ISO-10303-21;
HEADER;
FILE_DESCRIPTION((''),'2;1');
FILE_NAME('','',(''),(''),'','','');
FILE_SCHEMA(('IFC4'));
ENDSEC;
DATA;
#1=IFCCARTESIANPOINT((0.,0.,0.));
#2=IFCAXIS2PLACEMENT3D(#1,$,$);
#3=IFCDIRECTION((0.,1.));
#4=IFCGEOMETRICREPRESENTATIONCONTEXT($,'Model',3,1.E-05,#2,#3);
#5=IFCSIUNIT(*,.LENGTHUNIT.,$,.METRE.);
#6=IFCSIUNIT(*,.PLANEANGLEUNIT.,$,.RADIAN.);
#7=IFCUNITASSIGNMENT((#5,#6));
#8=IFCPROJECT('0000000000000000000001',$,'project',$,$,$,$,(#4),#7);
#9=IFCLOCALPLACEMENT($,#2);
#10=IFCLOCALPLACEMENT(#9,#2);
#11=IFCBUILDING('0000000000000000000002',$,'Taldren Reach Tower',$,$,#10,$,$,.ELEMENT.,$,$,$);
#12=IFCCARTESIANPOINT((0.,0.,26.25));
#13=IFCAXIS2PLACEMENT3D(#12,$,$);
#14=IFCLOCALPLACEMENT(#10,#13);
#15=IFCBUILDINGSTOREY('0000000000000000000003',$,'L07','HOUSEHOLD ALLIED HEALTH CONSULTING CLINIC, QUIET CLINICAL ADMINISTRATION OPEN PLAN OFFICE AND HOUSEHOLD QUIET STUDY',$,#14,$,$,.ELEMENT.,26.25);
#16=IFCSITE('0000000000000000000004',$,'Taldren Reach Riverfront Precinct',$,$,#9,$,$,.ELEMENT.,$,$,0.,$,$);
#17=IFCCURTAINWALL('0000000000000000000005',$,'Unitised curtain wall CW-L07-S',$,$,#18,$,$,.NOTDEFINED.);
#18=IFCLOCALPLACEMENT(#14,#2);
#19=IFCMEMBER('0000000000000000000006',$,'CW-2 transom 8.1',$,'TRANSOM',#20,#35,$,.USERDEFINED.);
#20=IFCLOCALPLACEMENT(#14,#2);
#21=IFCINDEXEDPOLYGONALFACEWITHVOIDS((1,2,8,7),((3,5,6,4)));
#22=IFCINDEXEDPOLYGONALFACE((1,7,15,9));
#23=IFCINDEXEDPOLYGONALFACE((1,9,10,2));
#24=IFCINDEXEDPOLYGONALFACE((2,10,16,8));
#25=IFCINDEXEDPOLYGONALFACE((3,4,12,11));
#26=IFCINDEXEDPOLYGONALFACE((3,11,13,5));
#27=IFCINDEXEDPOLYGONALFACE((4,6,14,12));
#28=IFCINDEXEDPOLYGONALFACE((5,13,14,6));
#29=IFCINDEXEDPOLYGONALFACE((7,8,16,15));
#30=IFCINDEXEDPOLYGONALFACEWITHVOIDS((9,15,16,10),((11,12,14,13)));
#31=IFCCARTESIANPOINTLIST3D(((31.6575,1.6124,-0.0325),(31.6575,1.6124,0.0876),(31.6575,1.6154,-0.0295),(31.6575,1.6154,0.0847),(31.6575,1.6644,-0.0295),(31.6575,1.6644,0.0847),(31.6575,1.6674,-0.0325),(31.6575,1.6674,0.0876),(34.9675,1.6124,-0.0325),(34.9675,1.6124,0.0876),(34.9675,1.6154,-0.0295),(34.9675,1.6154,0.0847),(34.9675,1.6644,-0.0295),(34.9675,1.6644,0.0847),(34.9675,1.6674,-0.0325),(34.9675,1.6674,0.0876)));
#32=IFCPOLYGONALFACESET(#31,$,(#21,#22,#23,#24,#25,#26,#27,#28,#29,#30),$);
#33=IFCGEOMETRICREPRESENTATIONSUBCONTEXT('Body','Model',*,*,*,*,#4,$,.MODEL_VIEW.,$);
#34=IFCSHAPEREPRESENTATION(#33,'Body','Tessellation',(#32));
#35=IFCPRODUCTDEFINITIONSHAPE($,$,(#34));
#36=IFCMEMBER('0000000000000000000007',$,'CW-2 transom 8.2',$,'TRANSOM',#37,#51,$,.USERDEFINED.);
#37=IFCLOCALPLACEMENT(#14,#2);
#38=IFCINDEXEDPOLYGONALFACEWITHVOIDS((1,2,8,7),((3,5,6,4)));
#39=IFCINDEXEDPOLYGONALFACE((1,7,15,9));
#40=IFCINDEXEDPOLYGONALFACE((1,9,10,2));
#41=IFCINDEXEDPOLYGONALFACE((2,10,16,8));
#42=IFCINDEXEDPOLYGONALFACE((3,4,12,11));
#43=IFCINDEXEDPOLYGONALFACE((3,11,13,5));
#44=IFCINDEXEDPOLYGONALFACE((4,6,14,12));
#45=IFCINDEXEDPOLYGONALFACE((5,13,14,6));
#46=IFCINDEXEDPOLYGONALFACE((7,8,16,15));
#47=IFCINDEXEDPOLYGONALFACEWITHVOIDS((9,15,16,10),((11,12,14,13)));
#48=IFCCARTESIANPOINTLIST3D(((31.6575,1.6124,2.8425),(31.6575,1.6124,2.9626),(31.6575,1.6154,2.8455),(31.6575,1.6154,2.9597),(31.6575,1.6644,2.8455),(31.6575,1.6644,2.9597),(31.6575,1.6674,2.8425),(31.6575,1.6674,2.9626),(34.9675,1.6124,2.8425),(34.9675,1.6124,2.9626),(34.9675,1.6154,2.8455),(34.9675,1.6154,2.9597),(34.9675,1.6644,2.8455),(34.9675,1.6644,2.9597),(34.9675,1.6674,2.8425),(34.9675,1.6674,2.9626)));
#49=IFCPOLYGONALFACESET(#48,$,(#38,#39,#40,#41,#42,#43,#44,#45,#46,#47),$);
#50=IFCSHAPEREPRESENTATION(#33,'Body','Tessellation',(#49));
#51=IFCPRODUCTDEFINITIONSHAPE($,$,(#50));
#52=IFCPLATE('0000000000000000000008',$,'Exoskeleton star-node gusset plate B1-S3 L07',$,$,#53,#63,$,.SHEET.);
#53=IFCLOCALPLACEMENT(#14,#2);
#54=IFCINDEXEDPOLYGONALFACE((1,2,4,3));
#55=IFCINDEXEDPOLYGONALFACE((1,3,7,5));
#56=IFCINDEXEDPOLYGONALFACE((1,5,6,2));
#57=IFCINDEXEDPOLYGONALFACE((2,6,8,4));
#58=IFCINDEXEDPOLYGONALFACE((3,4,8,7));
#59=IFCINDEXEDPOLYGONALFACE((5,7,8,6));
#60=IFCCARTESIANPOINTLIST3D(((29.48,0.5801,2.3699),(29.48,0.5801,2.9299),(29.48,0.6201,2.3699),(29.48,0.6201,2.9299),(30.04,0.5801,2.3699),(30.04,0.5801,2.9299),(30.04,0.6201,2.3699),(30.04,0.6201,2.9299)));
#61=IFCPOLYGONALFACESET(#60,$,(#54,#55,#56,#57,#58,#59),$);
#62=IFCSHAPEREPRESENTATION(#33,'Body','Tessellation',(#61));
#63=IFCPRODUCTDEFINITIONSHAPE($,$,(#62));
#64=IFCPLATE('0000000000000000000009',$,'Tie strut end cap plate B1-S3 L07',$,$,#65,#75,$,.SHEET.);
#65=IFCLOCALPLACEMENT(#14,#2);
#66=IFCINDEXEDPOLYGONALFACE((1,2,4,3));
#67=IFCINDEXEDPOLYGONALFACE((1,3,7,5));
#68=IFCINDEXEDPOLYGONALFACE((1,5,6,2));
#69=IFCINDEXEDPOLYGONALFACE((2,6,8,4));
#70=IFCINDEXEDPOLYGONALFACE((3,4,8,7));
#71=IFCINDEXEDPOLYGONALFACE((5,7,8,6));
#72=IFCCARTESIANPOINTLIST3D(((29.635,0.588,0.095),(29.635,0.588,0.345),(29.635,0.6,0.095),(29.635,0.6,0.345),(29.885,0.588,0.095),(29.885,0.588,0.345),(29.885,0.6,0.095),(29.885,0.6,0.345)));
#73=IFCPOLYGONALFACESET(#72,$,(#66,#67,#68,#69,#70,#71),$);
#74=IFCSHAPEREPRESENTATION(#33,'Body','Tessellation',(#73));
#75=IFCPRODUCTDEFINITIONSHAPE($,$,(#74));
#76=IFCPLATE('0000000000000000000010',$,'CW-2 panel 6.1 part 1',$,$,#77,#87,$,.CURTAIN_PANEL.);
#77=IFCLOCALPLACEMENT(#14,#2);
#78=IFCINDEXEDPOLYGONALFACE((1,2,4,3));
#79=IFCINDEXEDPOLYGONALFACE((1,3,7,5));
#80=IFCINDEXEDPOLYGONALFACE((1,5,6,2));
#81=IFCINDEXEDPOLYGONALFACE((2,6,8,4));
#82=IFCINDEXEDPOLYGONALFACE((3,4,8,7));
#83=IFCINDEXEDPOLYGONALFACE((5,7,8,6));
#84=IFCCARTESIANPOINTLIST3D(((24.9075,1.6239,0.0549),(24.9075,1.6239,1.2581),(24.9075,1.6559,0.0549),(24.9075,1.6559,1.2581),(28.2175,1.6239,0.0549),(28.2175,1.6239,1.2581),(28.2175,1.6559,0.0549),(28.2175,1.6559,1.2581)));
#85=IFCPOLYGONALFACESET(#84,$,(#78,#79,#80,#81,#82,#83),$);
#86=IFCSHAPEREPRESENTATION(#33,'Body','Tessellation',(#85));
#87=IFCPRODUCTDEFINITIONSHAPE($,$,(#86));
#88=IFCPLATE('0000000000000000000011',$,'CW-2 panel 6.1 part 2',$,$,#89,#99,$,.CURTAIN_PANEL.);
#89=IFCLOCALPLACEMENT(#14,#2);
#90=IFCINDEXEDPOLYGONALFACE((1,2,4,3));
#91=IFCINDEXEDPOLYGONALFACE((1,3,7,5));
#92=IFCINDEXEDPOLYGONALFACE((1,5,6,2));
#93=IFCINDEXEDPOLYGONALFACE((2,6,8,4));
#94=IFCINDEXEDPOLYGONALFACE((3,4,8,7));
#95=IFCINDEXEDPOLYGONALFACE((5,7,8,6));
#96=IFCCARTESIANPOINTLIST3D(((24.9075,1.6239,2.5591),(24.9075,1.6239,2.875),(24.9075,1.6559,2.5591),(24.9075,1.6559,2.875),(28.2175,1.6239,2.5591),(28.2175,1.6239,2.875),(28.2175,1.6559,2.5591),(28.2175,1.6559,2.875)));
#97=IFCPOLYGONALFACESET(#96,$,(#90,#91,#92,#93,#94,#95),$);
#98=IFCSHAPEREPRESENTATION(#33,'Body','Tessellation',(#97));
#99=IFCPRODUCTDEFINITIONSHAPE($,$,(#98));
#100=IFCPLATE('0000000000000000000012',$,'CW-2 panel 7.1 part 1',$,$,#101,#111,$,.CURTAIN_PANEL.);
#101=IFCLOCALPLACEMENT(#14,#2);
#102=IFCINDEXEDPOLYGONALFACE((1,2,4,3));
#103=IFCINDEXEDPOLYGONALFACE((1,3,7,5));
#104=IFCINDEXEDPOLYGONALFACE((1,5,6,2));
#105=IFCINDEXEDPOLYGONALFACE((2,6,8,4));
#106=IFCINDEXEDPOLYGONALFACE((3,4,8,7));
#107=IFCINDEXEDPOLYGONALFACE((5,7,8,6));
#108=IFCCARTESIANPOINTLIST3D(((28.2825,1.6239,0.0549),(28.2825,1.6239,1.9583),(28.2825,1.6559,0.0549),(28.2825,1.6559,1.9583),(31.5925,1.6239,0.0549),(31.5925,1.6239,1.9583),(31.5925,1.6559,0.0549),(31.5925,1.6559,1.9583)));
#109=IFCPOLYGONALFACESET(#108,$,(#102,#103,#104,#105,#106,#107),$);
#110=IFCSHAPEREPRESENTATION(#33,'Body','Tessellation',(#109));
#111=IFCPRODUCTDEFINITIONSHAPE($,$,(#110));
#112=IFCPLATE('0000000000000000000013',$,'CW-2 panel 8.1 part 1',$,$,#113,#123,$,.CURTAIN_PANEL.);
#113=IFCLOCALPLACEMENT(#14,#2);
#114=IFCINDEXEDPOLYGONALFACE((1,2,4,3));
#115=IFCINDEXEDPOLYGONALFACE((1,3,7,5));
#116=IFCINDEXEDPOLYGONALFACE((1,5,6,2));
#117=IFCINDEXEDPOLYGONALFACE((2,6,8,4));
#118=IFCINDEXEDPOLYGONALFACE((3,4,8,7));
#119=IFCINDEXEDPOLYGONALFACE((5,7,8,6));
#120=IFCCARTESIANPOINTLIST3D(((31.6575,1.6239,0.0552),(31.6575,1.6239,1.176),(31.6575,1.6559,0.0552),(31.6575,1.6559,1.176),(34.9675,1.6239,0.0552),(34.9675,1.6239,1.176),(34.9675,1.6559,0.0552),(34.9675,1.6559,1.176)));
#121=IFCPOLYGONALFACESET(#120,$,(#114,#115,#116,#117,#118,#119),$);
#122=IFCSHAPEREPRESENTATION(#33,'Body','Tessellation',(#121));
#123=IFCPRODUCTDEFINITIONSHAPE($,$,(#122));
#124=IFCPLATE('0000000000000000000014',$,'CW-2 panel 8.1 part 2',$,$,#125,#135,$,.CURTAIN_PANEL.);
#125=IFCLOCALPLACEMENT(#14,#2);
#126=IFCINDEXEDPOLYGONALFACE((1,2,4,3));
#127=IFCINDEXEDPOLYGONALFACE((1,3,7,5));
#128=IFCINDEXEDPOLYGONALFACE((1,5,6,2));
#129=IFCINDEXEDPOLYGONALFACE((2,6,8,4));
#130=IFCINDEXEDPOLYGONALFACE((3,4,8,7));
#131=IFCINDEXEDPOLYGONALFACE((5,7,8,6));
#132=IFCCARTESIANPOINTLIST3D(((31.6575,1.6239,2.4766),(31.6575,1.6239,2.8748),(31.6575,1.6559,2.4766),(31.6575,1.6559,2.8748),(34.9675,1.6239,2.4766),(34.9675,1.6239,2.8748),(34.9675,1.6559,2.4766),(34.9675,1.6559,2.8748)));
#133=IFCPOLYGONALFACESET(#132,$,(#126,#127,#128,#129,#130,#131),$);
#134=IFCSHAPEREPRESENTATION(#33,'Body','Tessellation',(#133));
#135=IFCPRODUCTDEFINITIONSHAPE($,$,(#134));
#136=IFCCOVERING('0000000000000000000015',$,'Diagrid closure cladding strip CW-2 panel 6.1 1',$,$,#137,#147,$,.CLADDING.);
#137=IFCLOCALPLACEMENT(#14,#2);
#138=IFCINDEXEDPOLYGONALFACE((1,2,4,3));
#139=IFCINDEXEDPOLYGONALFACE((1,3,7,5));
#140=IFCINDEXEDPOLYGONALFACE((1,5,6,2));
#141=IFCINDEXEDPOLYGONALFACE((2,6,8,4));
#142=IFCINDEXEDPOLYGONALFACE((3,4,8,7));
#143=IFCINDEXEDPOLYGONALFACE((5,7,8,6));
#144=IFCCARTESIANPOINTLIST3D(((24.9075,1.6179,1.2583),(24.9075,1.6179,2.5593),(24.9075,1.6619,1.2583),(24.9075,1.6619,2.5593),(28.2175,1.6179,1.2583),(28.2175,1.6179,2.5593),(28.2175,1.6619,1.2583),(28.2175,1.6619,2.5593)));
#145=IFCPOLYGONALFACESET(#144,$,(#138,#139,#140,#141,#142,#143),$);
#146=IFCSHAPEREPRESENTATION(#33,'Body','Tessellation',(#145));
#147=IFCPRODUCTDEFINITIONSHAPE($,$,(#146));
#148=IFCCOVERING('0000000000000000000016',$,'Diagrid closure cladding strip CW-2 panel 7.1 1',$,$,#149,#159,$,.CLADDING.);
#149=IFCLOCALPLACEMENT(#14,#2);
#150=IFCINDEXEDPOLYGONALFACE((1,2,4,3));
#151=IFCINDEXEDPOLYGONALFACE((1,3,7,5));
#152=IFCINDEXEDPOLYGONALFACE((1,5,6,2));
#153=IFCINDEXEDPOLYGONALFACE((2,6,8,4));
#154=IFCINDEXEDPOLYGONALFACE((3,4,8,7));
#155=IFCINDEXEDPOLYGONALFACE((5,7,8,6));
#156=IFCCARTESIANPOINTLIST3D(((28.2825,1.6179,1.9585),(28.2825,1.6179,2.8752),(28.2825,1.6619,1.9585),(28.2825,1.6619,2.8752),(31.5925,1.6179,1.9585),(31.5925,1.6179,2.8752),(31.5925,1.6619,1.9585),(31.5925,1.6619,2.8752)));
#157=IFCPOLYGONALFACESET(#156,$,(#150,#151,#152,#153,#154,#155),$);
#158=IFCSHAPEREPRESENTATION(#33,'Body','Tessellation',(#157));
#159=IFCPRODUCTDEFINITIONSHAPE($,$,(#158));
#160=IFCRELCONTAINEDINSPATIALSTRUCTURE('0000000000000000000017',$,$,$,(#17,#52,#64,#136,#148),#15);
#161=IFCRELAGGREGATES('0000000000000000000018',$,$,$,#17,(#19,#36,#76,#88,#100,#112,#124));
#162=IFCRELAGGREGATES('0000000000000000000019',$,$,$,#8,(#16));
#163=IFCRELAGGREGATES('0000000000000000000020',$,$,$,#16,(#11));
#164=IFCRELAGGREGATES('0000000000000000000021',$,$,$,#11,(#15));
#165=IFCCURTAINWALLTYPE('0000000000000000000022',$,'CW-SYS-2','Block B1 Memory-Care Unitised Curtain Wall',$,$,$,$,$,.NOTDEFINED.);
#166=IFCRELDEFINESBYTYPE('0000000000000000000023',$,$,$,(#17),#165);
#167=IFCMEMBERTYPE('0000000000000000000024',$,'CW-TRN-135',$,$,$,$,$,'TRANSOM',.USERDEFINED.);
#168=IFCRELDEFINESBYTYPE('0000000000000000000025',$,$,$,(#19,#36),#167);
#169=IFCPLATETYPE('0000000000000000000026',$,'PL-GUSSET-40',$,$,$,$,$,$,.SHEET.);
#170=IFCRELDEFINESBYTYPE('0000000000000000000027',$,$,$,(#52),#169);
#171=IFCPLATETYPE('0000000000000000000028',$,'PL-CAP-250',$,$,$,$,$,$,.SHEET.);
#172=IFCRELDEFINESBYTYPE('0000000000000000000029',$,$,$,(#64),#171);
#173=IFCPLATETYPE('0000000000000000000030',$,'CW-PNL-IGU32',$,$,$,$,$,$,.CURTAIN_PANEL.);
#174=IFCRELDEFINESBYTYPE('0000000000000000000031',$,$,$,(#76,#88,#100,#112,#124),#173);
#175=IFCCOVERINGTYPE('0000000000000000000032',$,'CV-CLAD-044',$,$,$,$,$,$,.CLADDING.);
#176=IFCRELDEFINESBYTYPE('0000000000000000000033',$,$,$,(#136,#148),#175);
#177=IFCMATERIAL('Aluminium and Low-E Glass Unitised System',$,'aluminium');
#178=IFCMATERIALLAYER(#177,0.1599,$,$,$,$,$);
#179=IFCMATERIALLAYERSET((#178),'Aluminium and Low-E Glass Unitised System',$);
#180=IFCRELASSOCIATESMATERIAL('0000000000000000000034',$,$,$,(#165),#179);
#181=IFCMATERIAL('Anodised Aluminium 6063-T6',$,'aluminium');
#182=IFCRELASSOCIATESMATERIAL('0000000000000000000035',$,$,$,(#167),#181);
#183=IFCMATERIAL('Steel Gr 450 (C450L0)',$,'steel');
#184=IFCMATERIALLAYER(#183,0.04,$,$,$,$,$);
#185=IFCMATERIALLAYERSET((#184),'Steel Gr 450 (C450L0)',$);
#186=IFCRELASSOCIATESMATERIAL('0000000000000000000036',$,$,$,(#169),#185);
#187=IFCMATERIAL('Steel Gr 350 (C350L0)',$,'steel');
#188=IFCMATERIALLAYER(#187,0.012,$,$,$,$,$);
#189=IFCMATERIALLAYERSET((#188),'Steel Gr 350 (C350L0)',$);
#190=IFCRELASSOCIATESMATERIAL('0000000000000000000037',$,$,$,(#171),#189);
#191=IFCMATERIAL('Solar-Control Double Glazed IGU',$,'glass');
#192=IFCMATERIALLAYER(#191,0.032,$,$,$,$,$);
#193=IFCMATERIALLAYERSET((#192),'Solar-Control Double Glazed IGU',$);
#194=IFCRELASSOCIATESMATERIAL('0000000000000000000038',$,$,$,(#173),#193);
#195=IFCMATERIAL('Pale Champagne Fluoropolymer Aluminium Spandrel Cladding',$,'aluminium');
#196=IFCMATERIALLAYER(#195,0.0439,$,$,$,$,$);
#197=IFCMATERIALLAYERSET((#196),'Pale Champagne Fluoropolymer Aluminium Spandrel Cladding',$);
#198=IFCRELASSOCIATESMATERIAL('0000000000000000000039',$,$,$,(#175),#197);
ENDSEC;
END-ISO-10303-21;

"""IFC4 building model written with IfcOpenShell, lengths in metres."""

from ifc_helpers import new_model, si_unit, direction, frame, origin, origin_2d, place, context, subcontext, project, spatial, rectangle, hollow_rectangle, extrude, source, transform, mapped, material, layer, layer_set, material_profile, profile_set, type_object, element, aggregate, save


model = new_model("IFC4")

# Units and contexts
model_context = context("Model", 3, precision=1e-05, world=origin(), true_north=direction((0.0, 1.0)))
body_context = subcontext(model_context, "Body", "Model", "MODEL_VIEW")
ifc_project = project(units=[si_unit("LENGTHUNIT", "METRE"), si_unit("PLANEANGLEUNIT", "RADIAN")], contexts=[model_context])

# Site, building, storey
site_placement = place(None, origin())
site = spatial("IfcSite", under=ifc_project, at=site_placement, Name="Taldren Reach Riverfront Precinct", CompositionType="ELEMENT", RefElevation=0.0)
building_placement = place(site_placement, origin())
building = spatial("IfcBuilding", under=site, at=building_placement, Name="Taldren Reach Tower", CompositionType="ELEMENT")
storey_placement = place(building_placement, frame((0.0, 0.0, 26.25)))
storey = spatial("IfcBuildingStorey", under=building, at=storey_placement, Name="L07", Description="HOUSEHOLD ALLIED HEALTH CONSULTING CLINIC, QUIET CLINICAL ADMINISTRATION OPEN PLAN OFFICE AND HOUSEHOLD QUIET STUDY", CompositionType="ELEMENT", Elevation=26.25)

# Shared definitions
ifc_material_1 = material(Name="Steel Gr 450 (C450L0)", Category="steel")
ifc_material_2 = material(Name="Steel Gr 350 (C350L0)", Category="steel")

# Curtain wall, members
ifc_material_3 = material(Name="Aluminium and Low-E Glass Unitised System", Category="aluminium")
ifc_layer_1 = layer(ifc_material_3, 0.1599)
ifc_layer_set_1 = layer_set([ifc_layer_1], Name="Aluminium and Low-E Glass Unitised System")
curtain_wall_type = type_object("IfcCurtainWallType", Name="CW-SYS-2", Description="Block B1 Memory-Care Unitised Curtain Wall", PredefinedType="NOTDEFINED", material=ifc_layer_set_1)
curtain_wall_placement = place(storey_placement, origin())
curtain_wall = element("IfcCurtainWall", 1, at=curtain_wall_placement, inside=storey, type_object=curtain_wall_type, Name="Unitised curtain wall CW-L07-S", PredefinedType="NOTDEFINED")
ifc_material_4 = material(Name="Anodised Aluminium 6063-T6", Category="aluminium")
ifc_material_profile_1 = material_profile(ifc_material_4, hollow_rectangle(XDim=0.0549, YDim=0.1201, WallThickness=0.0029, at=origin_2d()), Name="ALU-120x55x3RHS")
ifc_profile_set_1 = profile_set([ifc_material_profile_1], Name="Anodised Aluminium 6063-T6")
member_type_1 = type_object("IfcMemberType", Name="CW-TRN-135", ElementType="TRANSOM", PredefinedType="USERDEFINED", material=ifc_profile_set_1)
shared_shape_1 = source(origin(), body_context, "Body", "SweptSolid", [
    extrude(hollow_rectangle(XDim=0.0549, YDim=0.1201, WallThickness=0.0029, at=origin_2d()), origin(), (0.0, 0.0, 1.0), 3.3101),
])
member_1_placement = place(storey_placement, frame((31.6575, 1.6399, 0.0276), z_axis=(1.0, 0.0, 0.0), x_axis=(0.0, 1.0, 0.0)))
member_1 = element("IfcMember", 2, at=member_1_placement, type_object=member_type_1, Name="CW-2 transom 8.1", ObjectType="TRANSOM", PredefinedType="USERDEFINED", context=body_context, shape_type="MappedRepresentation", body=[
    mapped(shared_shape_1, transform((0.0, 0.0, 0.0), scale=1.0)),
])
member_2_placement = place(storey_placement, frame((31.6575, 1.6399, 2.9026), z_axis=(1.0, 0.0, 0.0), x_axis=(0.0, 1.0, 0.0)))
member_2 = element("IfcMember", 3, at=member_2_placement, type_object=member_type_1, Name="CW-2 transom 8.2", ObjectType="TRANSOM", PredefinedType="USERDEFINED", context=body_context, shape_type="MappedRepresentation", body=[
    mapped(shared_shape_1, transform((0.0, 0.0, 0.0), scale=1.0)),
])

# Plates
ifc_layer_2 = layer(ifc_material_1, 0.04)
ifc_layer_set_2 = layer_set([ifc_layer_2], Name="Steel Gr 450 (C450L0)")
plate_type_1 = type_object("IfcPlateType", Name="PL-GUSSET-40", PredefinedType="SHEET", material=ifc_layer_set_2)
shared_shape_2 = source(origin(), body_context, "Body", "SweptSolid", [
    extrude(rectangle(XDim=0.5601, YDim=0.04, at=origin_2d()), origin(), (0.0, 0.0, 1.0), 0.5601),
])
plate_1_placement = place(storey_placement, frame((29.76, 0.6001, 2.3699), z_axis=(0.0, 0.0, 1.0), x_axis=(1.0, 0.0, 0.0)))
element("IfcPlate", 4, at=plate_1_placement, inside=storey, type_object=plate_type_1, Name="Exoskeleton star-node gusset plate B1-S3 L07", PredefinedType="SHEET", context=body_context, shape_type="MappedRepresentation", body=[
    mapped(shared_shape_2, transform((0.0, 0.0, 0.0), scale=1.0)),
])
ifc_layer_3 = layer(ifc_material_2, 0.012)
ifc_layer_set_3 = layer_set([ifc_layer_3], Name="Steel Gr 350 (C350L0)")
plate_type_2 = type_object("IfcPlateType", Name="PL-CAP-250", PredefinedType="SHEET", material=ifc_layer_set_3)
shared_shape_3 = source(origin(), body_context, "Body", "SweptSolid", [
    extrude(rectangle(XDim=0.25, YDim=0.012, at=origin_2d()), origin(), (0.0, 0.0, 1.0), 0.25),
])
plate_2_placement = place(storey_placement, frame((29.76, 0.594, 0.095), z_axis=(0.0, 0.0, 1.0), x_axis=(1.0, 0.0, 0.0)))
element("IfcPlate", 5, at=plate_2_placement, inside=storey, type_object=plate_type_2, Name="Tie strut end cap plate B1-S3 L07", PredefinedType="SHEET", context=body_context, shape_type="MappedRepresentation", body=[
    mapped(shared_shape_3, transform((0.0, 0.0, 0.0), scale=1.0)),
])

# Plates
ifc_material_5 = material(Name="Solar-Control Double Glazed IGU", Category="glass")
ifc_layer_4 = layer(ifc_material_5, 0.032)
ifc_layer_set_4 = layer_set([ifc_layer_4], Name="Solar-Control Double Glazed IGU")
plate_type_3 = type_object("IfcPlateType", Name="CW-PNL-IGU32", PredefinedType="CURTAIN_PANEL", material=ifc_layer_set_4)
shared_shape_4 = source(origin(), body_context, "Body", "SweptSolid", [
    extrude(rectangle(XDim=3.3101, YDim=0.032, at=origin_2d()), origin(), (0.0, 0.0, 1.0), 1.2031),
])
plate_3_placement = place(storey_placement, frame((26.5625, 1.6399, 0.0549), z_axis=(0.0, 0.0, 1.0), x_axis=(1.0, 0.0, 0.0)))
plate_3 = element("IfcPlate", 6, at=plate_3_placement, type_object=plate_type_3, Name="CW-2 panel 6.1 part 1", PredefinedType="CURTAIN_PANEL", context=body_context, shape_type="MappedRepresentation", body=[
    mapped(shared_shape_4, transform((0.0, 0.0, 0.0), scale=1.0)),
])
shared_shape_5 = source(origin(), body_context, "Body", "SweptSolid", [
    extrude(rectangle(XDim=3.3101, YDim=0.032, at=origin_2d()), origin(), (0.0, 0.0, 1.0), 0.3159),
])
plate_4_placement = place(storey_placement, frame((26.5625, 1.6399, 2.5591), z_axis=(0.0, 0.0, 1.0), x_axis=(1.0, 0.0, 0.0)))
plate_4 = element("IfcPlate", 7, at=plate_4_placement, type_object=plate_type_3, Name="CW-2 panel 6.1 part 2", PredefinedType="CURTAIN_PANEL", context=body_context, shape_type="MappedRepresentation", body=[
    mapped(shared_shape_5, transform((0.0, 0.0, 0.0), scale=1.0)),
])
shared_shape_6 = source(origin(), body_context, "Body", "SweptSolid", [
    extrude(rectangle(XDim=3.3101, YDim=0.032, at=origin_2d()), origin(), (0.0, 0.0, 1.0), 1.9033),
])
plate_5_placement = place(storey_placement, frame((29.9375, 1.6399, 0.0549), z_axis=(0.0, 0.0, 1.0), x_axis=(1.0, 0.0, 0.0)))
plate_5 = element("IfcPlate", 8, at=plate_5_placement, type_object=plate_type_3, Name="CW-2 panel 7.1 part 1", PredefinedType="CURTAIN_PANEL", context=body_context, shape_type="MappedRepresentation", body=[
    mapped(shared_shape_6, transform((0.0, 0.0, 0.0), scale=1.0)),
])
shared_shape_7 = source(origin(), body_context, "Body", "SweptSolid", [
    extrude(rectangle(XDim=3.3101, YDim=0.032, at=origin_2d()), origin(), (0.0, 0.0, 1.0), 1.1208),
])
plate_6_placement = place(storey_placement, frame((33.3125, 1.6399, 0.0552), z_axis=(0.0, 0.0, 1.0), x_axis=(1.0, 0.0, 0.0)))
plate_6 = element("IfcPlate", 9, at=plate_6_placement, type_object=plate_type_3, Name="CW-2 panel 8.1 part 1", PredefinedType="CURTAIN_PANEL", context=body_context, shape_type="MappedRepresentation", body=[
    mapped(shared_shape_7, transform((0.0, 0.0, 0.0), scale=1.0)),
])
shared_shape_8 = source(origin(), body_context, "Body", "SweptSolid", [
    extrude(rectangle(XDim=3.3101, YDim=0.032, at=origin_2d()), origin(), (0.0, 0.0, 1.0), 0.3982),
])
plate_7_placement = place(storey_placement, frame((33.3125, 1.6399, 2.4766), z_axis=(0.0, 0.0, 1.0), x_axis=(1.0, 0.0, 0.0)))
plate_7 = element("IfcPlate", 10, at=plate_7_placement, type_object=plate_type_3, Name="CW-2 panel 8.1 part 2", PredefinedType="CURTAIN_PANEL", context=body_context, shape_type="MappedRepresentation", body=[
    mapped(shared_shape_8, transform((0.0, 0.0, 0.0), scale=1.0)),
])
aggregate(curtain_wall, [member_1, member_2, plate_3, plate_4, plate_5, plate_6, plate_7])

# Coverings
ifc_material_6 = material(Name="Pale Champagne Fluoropolymer Aluminium Spandrel Cladding", Category="aluminium")
ifc_layer_5 = layer(ifc_material_6, 0.0439)
ifc_layer_set_5 = layer_set([ifc_layer_5], Name="Pale Champagne Fluoropolymer Aluminium Spandrel Cladding")
covering_type = type_object("IfcCoveringType", Name="CV-CLAD-044", PredefinedType="CLADDING", material=ifc_layer_set_5)
shared_shape_9 = source(origin(), body_context, "Body", "SweptSolid", [
    extrude(rectangle(XDim=3.3101, YDim=0.0439, at=origin_2d()), origin(), (0.0, 0.0, 1.0), 1.301),
])
covering_1_placement = place(storey_placement, frame((26.5625, 1.6399, 1.2583), z_axis=(0.0, 0.0, 1.0), x_axis=(1.0, 0.0, 0.0)))
element("IfcCovering", 11, at=covering_1_placement, inside=storey, type_object=covering_type, Name="Diagrid closure cladding strip CW-2 panel 6.1 1", PredefinedType="CLADDING", context=body_context, shape_type="MappedRepresentation", body=[
    mapped(shared_shape_9, transform((0.0, 0.0, 0.0), scale=1.0)),
])
shared_shape_10 = source(origin(), body_context, "Body", "SweptSolid", [
    extrude(rectangle(XDim=3.3101, YDim=0.0439, at=origin_2d()), origin(), (0.0, 0.0, 1.0), 0.9167),
])
covering_2_placement = place(storey_placement, frame((29.9375, 1.6399, 1.9585), z_axis=(0.0, 0.0, 1.0), x_axis=(1.0, 0.0, 0.0)))
element("IfcCovering", 12, at=covering_2_placement, inside=storey, type_object=covering_type, Name="Diagrid closure cladding strip CW-2 panel 7.1 1", PredefinedType="CLADDING", context=body_context, shape_type="MappedRepresentation", body=[
    mapped(shared_shape_10, transform((0.0, 0.0, 0.0), scale=1.0)),
])

save(model, "model.ifc")
